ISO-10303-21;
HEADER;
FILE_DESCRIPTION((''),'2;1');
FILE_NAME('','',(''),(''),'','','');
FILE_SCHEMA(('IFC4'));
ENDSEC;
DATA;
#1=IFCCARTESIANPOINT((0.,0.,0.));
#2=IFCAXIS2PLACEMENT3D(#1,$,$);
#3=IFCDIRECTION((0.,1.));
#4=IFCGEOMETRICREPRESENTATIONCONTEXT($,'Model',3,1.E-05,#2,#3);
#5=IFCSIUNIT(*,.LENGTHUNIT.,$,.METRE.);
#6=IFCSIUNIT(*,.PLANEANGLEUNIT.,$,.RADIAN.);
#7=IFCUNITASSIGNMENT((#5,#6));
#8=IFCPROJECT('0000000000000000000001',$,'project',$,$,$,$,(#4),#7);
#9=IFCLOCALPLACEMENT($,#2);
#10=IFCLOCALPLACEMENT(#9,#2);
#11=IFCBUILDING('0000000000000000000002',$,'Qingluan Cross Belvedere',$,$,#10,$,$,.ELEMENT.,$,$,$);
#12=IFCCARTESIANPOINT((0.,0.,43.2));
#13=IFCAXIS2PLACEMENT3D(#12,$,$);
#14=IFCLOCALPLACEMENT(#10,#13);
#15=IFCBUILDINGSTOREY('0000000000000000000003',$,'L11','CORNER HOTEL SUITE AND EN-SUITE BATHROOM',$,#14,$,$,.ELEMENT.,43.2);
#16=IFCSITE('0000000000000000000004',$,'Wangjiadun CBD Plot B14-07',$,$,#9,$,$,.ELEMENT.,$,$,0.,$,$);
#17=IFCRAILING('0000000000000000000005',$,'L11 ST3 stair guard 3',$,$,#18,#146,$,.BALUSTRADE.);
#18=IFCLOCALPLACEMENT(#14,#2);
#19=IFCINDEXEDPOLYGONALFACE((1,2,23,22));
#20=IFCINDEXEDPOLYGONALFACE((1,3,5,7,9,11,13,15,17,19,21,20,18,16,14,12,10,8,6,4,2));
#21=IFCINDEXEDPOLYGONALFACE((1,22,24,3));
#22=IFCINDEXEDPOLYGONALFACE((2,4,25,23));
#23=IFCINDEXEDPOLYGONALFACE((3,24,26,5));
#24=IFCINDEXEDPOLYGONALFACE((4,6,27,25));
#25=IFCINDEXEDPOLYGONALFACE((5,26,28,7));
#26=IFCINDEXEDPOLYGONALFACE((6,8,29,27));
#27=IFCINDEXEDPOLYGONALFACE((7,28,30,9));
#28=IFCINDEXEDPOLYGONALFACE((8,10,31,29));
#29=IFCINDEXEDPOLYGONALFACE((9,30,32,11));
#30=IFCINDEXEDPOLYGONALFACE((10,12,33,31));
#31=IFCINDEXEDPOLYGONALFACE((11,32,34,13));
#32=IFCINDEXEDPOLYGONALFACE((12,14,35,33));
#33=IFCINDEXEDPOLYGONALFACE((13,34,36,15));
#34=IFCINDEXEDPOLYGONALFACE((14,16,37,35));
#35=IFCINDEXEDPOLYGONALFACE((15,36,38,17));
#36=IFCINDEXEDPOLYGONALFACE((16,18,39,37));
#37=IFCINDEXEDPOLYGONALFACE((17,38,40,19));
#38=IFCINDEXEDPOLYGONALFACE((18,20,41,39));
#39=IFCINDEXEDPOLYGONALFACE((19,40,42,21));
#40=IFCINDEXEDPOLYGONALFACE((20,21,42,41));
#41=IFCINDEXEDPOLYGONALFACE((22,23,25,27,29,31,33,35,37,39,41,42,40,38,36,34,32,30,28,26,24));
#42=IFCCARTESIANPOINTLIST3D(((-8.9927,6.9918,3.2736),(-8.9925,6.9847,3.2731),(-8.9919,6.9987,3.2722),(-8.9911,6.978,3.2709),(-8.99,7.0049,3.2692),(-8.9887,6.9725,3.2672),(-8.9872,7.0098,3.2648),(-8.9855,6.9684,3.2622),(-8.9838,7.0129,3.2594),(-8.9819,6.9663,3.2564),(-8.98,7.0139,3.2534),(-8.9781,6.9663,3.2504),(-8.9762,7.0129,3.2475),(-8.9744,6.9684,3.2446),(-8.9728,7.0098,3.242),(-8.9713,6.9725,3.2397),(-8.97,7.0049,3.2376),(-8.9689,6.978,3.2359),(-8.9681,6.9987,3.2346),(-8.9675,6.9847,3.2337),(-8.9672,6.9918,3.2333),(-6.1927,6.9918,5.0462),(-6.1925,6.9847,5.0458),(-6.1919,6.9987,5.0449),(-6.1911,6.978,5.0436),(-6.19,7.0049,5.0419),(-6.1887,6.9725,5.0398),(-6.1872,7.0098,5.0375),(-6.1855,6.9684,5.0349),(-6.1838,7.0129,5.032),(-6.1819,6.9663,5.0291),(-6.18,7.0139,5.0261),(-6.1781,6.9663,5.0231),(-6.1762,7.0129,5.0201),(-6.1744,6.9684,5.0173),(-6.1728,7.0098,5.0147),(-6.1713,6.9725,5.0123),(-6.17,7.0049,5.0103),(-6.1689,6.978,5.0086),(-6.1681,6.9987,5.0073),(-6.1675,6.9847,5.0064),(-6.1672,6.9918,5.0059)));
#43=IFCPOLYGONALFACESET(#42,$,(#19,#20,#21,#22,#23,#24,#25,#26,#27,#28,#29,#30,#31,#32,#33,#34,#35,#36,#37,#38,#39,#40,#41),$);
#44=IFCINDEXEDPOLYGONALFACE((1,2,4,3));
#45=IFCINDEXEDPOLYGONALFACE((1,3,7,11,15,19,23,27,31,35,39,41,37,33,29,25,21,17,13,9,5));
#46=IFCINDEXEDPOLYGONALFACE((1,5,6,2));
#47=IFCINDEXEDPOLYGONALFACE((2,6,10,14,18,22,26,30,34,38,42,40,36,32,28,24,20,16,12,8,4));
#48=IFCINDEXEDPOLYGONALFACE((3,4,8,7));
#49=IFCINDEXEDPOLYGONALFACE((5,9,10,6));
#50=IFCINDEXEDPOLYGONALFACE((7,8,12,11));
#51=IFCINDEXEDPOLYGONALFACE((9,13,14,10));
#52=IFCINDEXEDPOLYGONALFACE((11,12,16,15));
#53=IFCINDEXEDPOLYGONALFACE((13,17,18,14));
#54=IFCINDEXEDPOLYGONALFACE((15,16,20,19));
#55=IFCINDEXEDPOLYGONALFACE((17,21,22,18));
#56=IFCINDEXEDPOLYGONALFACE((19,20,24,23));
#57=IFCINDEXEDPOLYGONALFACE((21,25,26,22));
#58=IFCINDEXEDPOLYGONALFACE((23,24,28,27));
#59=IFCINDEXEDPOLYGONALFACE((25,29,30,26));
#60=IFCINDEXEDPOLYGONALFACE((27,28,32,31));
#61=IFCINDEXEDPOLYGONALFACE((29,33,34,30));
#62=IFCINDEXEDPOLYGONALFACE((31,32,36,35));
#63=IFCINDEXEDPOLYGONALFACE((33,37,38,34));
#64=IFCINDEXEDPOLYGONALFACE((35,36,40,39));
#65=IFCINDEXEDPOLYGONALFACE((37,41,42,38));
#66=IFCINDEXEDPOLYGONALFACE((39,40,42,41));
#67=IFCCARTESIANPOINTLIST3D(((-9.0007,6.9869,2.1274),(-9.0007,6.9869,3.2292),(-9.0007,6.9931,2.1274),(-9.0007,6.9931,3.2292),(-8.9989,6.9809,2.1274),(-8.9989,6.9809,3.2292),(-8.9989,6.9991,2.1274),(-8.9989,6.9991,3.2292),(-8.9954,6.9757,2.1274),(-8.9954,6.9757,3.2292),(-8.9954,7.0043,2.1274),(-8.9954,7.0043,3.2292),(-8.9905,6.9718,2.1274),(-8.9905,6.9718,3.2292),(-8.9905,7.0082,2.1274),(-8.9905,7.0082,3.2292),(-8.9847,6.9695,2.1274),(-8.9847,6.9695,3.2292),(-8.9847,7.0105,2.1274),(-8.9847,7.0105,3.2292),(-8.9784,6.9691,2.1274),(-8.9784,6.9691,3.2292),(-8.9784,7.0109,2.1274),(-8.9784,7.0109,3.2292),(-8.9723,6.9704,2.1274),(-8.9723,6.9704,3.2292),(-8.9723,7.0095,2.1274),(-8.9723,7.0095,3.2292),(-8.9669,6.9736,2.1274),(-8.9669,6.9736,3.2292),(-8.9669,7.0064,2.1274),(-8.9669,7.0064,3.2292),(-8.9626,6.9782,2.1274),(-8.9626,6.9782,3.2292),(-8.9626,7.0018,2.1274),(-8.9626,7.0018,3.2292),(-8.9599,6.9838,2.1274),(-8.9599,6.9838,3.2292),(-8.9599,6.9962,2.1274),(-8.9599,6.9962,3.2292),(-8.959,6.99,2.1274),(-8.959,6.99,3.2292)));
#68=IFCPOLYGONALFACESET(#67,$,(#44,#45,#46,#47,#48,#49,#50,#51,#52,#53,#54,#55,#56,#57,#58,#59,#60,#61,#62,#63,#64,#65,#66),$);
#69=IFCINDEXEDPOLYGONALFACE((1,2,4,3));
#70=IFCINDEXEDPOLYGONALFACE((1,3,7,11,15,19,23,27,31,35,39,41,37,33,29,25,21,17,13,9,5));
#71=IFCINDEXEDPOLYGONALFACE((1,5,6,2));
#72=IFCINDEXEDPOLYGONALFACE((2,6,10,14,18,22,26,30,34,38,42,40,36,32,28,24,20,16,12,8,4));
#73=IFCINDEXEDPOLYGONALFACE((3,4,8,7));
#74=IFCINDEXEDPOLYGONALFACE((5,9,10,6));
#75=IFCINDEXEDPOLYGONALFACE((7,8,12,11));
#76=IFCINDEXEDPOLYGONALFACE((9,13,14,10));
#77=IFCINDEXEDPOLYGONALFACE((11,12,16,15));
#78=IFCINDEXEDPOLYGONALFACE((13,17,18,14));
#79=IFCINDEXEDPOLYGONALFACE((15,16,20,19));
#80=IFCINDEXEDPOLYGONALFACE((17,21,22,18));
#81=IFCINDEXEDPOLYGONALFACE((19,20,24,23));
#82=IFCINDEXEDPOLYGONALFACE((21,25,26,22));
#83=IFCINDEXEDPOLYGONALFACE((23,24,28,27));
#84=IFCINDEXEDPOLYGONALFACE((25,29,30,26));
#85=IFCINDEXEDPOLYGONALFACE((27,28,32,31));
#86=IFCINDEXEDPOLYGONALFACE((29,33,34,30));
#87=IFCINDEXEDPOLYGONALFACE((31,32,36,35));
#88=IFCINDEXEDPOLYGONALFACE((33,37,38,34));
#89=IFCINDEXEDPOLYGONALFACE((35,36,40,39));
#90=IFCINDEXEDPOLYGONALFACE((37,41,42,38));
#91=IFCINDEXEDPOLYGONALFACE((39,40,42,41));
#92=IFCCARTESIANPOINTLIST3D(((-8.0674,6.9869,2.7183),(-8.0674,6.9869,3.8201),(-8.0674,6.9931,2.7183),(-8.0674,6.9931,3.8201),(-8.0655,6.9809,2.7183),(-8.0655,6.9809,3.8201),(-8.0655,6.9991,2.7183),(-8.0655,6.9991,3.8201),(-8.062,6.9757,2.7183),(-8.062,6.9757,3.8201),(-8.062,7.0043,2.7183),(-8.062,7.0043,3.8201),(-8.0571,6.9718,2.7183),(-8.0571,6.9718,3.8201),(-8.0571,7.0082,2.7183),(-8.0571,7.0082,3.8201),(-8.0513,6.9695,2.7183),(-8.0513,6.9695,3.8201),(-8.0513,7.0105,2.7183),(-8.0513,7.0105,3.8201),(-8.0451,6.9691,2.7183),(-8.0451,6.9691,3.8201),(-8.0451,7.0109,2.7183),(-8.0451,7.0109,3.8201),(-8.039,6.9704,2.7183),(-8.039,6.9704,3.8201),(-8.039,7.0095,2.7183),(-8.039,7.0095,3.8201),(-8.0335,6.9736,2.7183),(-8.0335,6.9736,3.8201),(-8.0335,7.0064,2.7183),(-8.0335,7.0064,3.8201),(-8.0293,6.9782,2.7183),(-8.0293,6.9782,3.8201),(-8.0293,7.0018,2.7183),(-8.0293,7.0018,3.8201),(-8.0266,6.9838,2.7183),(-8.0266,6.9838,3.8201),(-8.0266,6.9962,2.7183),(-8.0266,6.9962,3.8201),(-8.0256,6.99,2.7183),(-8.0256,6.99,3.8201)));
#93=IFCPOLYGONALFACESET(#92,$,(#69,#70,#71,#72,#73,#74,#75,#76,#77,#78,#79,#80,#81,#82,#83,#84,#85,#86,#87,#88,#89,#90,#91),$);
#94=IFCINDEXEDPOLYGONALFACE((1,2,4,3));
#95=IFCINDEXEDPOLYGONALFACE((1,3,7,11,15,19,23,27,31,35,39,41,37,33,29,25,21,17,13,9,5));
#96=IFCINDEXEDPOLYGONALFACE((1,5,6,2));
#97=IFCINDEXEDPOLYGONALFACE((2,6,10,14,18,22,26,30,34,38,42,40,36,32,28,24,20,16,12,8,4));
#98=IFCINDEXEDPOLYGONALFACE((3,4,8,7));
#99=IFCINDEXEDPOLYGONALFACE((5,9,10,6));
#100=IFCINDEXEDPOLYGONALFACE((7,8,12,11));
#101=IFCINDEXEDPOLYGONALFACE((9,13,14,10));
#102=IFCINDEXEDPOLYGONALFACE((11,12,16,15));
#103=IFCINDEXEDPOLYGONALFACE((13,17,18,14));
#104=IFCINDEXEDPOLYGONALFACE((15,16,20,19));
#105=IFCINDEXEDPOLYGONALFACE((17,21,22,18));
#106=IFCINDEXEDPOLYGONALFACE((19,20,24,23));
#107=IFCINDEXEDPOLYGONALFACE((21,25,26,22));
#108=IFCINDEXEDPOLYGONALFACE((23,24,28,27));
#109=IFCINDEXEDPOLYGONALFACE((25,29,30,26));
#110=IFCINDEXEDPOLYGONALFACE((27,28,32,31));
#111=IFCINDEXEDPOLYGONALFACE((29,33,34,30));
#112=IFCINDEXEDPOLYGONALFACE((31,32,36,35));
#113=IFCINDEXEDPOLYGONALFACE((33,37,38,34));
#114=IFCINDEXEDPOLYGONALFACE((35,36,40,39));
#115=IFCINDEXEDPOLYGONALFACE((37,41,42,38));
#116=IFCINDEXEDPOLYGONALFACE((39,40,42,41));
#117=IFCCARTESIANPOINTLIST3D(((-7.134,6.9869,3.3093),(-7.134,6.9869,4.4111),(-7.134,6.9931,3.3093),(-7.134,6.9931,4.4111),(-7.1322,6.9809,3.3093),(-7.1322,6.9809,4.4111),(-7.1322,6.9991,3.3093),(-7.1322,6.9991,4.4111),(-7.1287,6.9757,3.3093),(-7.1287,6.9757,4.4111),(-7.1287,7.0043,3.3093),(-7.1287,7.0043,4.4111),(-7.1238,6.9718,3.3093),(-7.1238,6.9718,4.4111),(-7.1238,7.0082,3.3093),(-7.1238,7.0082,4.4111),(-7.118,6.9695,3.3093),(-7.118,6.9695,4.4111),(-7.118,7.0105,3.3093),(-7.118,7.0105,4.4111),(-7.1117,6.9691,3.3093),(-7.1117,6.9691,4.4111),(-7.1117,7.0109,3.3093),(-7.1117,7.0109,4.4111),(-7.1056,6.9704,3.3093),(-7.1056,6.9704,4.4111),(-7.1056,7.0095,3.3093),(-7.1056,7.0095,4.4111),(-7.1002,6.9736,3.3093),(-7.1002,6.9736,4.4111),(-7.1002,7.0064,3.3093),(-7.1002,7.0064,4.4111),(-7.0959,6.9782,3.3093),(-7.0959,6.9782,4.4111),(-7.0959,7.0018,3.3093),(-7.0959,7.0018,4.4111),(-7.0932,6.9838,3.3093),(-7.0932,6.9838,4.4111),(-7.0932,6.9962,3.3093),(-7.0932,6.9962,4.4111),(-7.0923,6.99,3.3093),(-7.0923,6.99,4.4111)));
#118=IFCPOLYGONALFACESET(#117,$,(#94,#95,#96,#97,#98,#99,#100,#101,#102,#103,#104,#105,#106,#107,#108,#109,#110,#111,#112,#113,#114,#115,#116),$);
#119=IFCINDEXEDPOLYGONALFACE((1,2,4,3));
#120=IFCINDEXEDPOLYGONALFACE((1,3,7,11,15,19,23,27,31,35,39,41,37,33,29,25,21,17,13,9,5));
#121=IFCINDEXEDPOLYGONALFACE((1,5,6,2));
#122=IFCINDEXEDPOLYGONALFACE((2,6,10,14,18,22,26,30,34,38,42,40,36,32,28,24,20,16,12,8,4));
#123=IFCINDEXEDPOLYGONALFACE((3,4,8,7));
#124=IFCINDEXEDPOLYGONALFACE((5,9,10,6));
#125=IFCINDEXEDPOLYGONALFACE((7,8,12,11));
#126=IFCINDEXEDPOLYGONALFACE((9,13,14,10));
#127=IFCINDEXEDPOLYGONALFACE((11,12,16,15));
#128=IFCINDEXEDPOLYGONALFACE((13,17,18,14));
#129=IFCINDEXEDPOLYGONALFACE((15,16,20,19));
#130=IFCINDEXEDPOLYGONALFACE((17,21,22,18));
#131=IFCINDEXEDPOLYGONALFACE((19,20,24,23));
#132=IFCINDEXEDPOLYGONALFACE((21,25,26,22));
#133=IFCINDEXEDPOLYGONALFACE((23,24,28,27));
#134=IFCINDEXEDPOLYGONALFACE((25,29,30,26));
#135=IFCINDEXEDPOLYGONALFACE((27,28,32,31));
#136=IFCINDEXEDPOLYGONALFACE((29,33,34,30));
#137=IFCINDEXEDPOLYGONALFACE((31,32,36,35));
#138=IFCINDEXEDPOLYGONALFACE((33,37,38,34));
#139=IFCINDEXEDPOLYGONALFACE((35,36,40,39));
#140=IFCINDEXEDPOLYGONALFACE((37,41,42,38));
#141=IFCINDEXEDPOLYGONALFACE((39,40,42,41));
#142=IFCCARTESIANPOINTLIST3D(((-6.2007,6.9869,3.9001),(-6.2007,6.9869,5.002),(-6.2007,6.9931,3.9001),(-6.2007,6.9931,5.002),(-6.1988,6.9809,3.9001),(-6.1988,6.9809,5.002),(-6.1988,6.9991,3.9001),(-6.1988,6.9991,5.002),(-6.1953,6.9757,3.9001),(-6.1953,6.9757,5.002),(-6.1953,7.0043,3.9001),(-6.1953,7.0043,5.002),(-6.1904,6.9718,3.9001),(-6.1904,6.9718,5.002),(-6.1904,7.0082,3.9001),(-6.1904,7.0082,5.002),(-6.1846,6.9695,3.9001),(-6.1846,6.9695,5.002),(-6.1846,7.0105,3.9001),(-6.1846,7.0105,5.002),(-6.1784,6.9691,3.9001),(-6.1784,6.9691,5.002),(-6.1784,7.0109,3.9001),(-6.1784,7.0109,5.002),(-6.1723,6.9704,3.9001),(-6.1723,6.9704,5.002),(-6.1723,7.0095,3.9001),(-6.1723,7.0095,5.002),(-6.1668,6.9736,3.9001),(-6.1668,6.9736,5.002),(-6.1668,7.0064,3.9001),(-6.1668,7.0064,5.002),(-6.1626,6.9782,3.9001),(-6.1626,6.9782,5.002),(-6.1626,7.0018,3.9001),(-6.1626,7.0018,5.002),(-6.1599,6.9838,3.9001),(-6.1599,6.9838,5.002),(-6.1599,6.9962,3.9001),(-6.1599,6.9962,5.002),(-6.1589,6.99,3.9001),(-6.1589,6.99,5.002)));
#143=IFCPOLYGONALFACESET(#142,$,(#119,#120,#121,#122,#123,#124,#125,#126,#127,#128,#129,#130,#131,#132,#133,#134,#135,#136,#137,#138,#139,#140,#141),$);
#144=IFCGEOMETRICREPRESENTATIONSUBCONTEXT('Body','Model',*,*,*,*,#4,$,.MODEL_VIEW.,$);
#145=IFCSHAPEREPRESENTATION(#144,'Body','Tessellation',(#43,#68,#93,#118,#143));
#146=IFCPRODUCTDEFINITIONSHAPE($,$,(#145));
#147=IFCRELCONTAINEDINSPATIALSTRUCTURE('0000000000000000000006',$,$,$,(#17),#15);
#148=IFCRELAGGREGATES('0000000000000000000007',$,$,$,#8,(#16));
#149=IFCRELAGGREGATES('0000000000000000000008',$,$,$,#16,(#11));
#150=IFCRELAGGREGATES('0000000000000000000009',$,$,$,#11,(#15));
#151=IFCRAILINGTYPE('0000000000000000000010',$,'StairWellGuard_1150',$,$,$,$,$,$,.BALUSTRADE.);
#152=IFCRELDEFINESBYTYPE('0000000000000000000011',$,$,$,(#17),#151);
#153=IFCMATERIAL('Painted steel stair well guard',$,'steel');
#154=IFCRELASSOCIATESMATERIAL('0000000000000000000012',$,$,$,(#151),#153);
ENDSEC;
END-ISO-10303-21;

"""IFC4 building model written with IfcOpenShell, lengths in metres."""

from ifc_helpers import new_model, si_unit, direction, frame, origin, origin_2d, place, context, subcontext, project, spatial, circle, extrude, material, type_object, element, save


model = new_model("IFC4")

# Units and contexts
model_context = context("Model", 3, precision=1e-05, world=origin(), true_north=direction((0.0, 1.0)))
body_context = subcontext(model_context, "Body", "Model", "MODEL_VIEW")
ifc_project = project(units=[si_unit("LENGTHUNIT", "METRE"), si_unit("PLANEANGLEUNIT", "RADIAN")], contexts=[model_context])

# Site, building, storey
site_placement = place(None, origin())
site = spatial("IfcSite", under=ifc_project, at=site_placement, Name="Wangjiadun CBD Plot B14-07", CompositionType="ELEMENT", RefElevation=0.0)
building_placement = place(site_placement, origin())
building = spatial("IfcBuilding", under=site, at=building_placement, Name="Qingluan Cross Belvedere", CompositionType="ELEMENT")
storey_placement = place(building_placement, frame((0.0, 0.0, 43.2)))
storey = spatial("IfcBuildingStorey", under=building, at=storey_placement, Name="L11", Description="CORNER HOTEL SUITE AND EN-SUITE BATHROOM", CompositionType="ELEMENT", Elevation=43.2)

# Railing
ifc_material_1 = material(Name="Painted steel stair well guard", Category="steel")
railing_type_1 = type_object("IfcRailingType", Name="StairWellGuard_1150", PredefinedType="BALUSTRADE", material=ifc_material_1)
railing_1_placement = place(storey_placement, frame((-8.98, 6.99, 2.1274)))
element("IfcRailing", 1, at=railing_1_placement, inside=storey, type_object=railing_type_1, Name="L11 ST3 stair guard 3", PredefinedType="BALUSTRADE", context=body_context, shape_type="SweptSolid", body=[
    extrude(circle(Radius=0.0239, at=origin_2d()), frame((0.0, 0.0, 1.126), z_axis=(0.844909, 0.0, 0.53491), x_axis=(0.0, 1.0, 0.0)), (0.0, 0.0, 1.0), 3.314),
    extrude(circle(Radius=0.021, at=origin_2d()), origin(), (0.0, 0.0, 1.0), 1.1018),
    extrude(circle(Radius=0.021, at=origin_2d()), frame((0.9333, 0.0, 0.5908)), (0.0, 0.0, 1.0), 1.1018),
    extrude(circle(Radius=0.021, at=origin_2d()), frame((1.8667, 0.0, 1.1819)), (0.0, 0.0, 1.0), 1.1018),
    extrude(circle(Radius=0.021, at=origin_2d()), frame((2.8, 0.0, 1.7727)), (0.0, 0.0, 1.0), 1.1018),
])

save(model, "model.ifc")
